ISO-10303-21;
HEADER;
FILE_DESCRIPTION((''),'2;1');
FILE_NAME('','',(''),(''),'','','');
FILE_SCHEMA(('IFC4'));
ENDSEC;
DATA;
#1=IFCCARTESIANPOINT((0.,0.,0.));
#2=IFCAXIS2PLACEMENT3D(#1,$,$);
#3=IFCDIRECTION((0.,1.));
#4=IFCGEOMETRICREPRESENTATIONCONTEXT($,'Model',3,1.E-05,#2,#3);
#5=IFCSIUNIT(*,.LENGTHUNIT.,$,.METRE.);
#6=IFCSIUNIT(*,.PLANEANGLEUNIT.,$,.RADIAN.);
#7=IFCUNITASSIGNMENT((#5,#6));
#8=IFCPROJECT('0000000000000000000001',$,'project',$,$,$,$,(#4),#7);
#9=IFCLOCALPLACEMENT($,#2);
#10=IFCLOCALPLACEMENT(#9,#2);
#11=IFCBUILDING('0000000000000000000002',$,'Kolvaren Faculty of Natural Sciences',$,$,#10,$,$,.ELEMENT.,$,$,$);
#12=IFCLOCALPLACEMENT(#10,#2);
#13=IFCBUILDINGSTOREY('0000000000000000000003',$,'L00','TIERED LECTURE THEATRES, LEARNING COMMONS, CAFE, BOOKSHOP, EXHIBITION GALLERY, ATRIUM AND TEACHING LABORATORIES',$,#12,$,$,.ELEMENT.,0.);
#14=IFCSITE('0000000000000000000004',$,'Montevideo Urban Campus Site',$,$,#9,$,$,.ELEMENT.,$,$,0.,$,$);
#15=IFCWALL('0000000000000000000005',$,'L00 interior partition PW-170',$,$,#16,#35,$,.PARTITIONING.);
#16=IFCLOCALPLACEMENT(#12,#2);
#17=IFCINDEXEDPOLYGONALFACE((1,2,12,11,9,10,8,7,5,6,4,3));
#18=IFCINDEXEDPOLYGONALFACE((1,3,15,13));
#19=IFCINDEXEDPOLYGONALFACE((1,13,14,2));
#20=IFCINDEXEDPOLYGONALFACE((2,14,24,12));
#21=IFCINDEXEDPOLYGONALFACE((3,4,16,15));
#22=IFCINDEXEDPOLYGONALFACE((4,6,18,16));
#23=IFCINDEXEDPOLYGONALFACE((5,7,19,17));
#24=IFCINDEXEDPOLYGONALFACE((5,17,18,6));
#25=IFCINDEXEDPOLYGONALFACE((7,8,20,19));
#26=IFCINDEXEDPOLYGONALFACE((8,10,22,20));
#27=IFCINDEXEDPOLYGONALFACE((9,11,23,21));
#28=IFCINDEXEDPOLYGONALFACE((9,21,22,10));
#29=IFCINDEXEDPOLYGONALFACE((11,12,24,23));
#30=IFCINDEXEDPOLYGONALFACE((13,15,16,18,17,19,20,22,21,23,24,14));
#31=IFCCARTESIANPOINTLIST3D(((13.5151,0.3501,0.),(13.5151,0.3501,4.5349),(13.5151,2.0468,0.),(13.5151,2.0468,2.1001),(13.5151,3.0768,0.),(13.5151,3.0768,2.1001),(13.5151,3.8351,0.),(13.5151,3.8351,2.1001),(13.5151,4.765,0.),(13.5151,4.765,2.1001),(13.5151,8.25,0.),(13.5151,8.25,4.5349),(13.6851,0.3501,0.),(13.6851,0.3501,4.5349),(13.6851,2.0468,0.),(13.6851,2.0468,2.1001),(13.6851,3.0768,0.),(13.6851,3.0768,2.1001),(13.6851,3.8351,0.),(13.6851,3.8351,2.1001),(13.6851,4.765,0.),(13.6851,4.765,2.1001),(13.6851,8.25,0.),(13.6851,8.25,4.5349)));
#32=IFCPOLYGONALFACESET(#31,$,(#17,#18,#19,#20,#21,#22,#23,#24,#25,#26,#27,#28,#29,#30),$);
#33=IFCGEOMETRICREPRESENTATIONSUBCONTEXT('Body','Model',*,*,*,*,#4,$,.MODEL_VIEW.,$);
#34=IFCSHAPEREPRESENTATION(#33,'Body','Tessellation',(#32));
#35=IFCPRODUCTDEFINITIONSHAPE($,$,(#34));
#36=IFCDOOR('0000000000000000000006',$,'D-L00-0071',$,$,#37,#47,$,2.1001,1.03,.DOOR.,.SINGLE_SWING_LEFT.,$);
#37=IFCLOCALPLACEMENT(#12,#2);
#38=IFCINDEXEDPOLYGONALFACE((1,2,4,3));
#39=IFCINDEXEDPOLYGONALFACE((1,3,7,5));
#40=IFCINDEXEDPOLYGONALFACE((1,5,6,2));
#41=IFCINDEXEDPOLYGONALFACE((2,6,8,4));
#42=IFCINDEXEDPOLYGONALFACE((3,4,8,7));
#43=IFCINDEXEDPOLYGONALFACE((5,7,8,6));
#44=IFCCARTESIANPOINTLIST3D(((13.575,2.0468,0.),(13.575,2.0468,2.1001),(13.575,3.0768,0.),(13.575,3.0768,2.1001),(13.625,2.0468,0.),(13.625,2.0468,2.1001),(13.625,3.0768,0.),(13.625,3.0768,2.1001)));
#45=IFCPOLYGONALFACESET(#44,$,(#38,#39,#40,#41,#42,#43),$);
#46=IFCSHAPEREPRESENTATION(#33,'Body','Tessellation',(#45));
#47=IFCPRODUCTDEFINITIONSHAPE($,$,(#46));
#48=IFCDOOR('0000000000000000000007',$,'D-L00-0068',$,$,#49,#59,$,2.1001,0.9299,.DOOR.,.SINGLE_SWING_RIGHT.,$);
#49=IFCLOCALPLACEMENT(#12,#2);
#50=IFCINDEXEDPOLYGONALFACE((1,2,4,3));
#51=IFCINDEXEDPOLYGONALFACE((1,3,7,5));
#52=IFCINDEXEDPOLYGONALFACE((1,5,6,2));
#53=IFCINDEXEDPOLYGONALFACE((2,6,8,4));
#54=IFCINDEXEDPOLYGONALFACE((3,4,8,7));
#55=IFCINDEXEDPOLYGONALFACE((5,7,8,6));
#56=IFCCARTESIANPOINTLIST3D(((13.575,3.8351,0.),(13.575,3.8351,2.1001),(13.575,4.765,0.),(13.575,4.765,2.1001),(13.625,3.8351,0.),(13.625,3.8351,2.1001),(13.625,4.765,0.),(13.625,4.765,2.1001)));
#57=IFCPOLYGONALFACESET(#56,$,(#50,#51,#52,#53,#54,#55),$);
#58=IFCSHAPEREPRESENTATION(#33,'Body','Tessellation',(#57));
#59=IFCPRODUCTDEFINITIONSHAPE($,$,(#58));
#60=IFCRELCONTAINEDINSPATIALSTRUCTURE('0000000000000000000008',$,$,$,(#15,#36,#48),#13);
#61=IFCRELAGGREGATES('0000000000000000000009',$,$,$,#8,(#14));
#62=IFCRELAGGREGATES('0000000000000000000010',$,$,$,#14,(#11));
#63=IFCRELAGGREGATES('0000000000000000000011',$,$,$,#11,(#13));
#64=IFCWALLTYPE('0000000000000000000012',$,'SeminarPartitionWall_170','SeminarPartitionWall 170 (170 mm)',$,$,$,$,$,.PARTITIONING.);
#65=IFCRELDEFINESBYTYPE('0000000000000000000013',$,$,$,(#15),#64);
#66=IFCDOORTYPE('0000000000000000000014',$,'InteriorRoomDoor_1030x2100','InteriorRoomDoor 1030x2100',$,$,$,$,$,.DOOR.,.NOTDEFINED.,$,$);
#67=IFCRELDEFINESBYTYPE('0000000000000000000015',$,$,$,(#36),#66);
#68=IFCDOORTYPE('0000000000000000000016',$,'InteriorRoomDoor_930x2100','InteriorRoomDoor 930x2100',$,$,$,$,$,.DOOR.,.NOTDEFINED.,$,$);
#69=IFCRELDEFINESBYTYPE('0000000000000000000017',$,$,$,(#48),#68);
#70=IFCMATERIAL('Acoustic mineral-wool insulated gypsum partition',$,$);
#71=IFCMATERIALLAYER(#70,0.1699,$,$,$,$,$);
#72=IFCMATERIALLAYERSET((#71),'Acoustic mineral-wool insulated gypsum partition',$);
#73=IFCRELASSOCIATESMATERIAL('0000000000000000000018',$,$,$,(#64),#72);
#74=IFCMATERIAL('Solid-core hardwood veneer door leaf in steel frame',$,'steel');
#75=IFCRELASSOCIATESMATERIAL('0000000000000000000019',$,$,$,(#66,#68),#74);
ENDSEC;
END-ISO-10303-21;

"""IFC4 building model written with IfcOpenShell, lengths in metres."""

from ifc_helpers import new_model, si_unit, direction, frame, frame_2d, origin, place, context, subcontext, project, spatial, rectangle, extrude, material, layer, layer_set, type_object, element, fill, save


model = new_model("IFC4")

# Units and contexts
model_context = context("Model", 3, precision=1e-05, world=origin(), true_north=direction((0.0, 1.0)))
body_context = subcontext(model_context, "Body", "Model", "MODEL_VIEW")
ifc_project = project(units=[si_unit("LENGTHUNIT", "METRE"), si_unit("PLANEANGLEUNIT", "RADIAN")], contexts=[model_context])

# Site, building, storey
site_placement = place(None, origin())
site = spatial("IfcSite", under=ifc_project, at=site_placement, Name="Montevideo Urban Campus Site", CompositionType="ELEMENT", RefElevation=0.0)
building_placement = place(site_placement, origin())
building = spatial("IfcBuilding", under=site, at=building_placement, Name="Kolvaren Faculty of Natural Sciences", CompositionType="ELEMENT")
storey_placement = place(building_placement, origin())
storey = spatial("IfcBuildingStorey", under=building, at=storey_placement, Name="L00", Description="TIERED LECTURE THEATRES, LEARNING COMMONS, CAFE, BOOKSHOP, EXHIBITION GALLERY, ATRIUM AND TEACHING LABORATORIES", CompositionType="ELEMENT", Elevation=0.0)

# Wall, openings, doors
ifc_material_1 = material(Name="Acoustic mineral-wool insulated gypsum partition")
ifc_layer_1 = layer(ifc_material_1, 0.1699)
ifc_layer_set_1 = layer_set([ifc_layer_1], Name="Acoustic mineral-wool insulated gypsum partition")
wall_type_1 = type_object("IfcWallType", Name="SeminarPartitionWall_170", Description="SeminarPartitionWall 170 (170 mm)", PredefinedType="PARTITIONING", material=ifc_layer_set_1)
wall_1_placement = place(storey_placement, frame((13.6001, 8.25, 0.0), z_axis=(0.0, 0.0, 1.0), x_axis=(0.0, -1.0, 0.0)))
wall_1 = element("IfcWall", 1, at=wall_1_placement, inside=storey, type_object=wall_type_1, Name="L00 interior partition PW-170", PredefinedType="PARTITIONING", context=body_context, shape_type="SweptSolid", body=[
    extrude(rectangle(XDim=7.8999, YDim=0.1699, at=frame_2d((3.95, 0.0))), origin(), (0.0, 0.0, 1.0), 4.5349),
])
opening_1_placement = place(wall_1_placement, frame((3.4851, 0.0, 0.0)))
opening_1 = element("IfcOpeningElement", 2, at=opening_1_placement, cuts=wall_1, PredefinedType="OPENING", context=body_context, shape_type="SweptSolid", body=[
    extrude(rectangle(XDim=0.9299, YDim=2.1001, at=frame_2d((0.4648, 1.05))), frame((0.0, 0.095, 0.0), z_axis=(0.0, -1.0, 0.0), x_axis=(1.0, 0.0, 0.0)), (0.0, 0.0, 1.0), 0.1899),
])
opening_2_placement = place(wall_1_placement, frame((5.1731, 0.0, 0.0)))
opening_2 = element("IfcOpeningElement", 3, at=opening_2_placement, cuts=wall_1, PredefinedType="OPENING", context=body_context, shape_type="SweptSolid", body=[
    extrude(rectangle(XDim=1.03, YDim=2.1001, at=frame_2d((0.5151, 1.05))), frame((0.0, 0.095, 0.0), z_axis=(0.0, -1.0, 0.0), x_axis=(1.0, 0.0, 0.0)), (0.0, 0.0, 1.0), 0.1899),
])
ifc_material_2 = material(Name="Solid-core hardwood veneer door leaf in steel frame", Category="steel")
door_type_1 = type_object("IfcDoorType", Name="InteriorRoomDoor_1030x2100", Description="InteriorRoomDoor 1030x2100", OperationType="NOTDEFINED", PredefinedType="DOOR", material=ifc_material_2)
door_1_placement = place(opening_2_placement, origin())
door_1 = element("IfcDoor", 4, at=door_1_placement, inside=storey, type_object=door_type_1, Name="D-L00-0071", OperationType="SINGLE_SWING_LEFT", OverallHeight=2.1001, OverallWidth=1.03, PredefinedType="DOOR", context=body_context, shape_type="SweptSolid", body=[
    extrude(rectangle(XDim=1.03, YDim=2.1001, at=frame_2d((0.5151, 1.05))), frame((0.0, 0.0249, 0.0), z_axis=(0.0, -1.0, 0.0), x_axis=(1.0, 0.0, 0.0)), (0.0, 0.0, 1.0), 0.05),
])
fill(opening_2, door_1)
door_type_2 = type_object("IfcDoorType", Name="InteriorRoomDoor_930x2100", Description="InteriorRoomDoor 930x2100", OperationType="NOTDEFINED", PredefinedType="DOOR", material=ifc_material_2)
door_2_placement = place(opening_1_placement, origin())
door_2 = element("IfcDoor", 5, at=door_2_placement, inside=storey, type_object=door_type_2, Name="D-L00-0068", OperationType="SINGLE_SWING_RIGHT", OverallHeight=2.1001, OverallWidth=0.9299, PredefinedType="DOOR", context=body_context, shape_type="SweptSolid", body=[
    extrude(rectangle(XDim=0.9299, YDim=2.1001, at=frame_2d((0.4648, 1.05))), frame((0.0, 0.0249, 0.0), z_axis=(0.0, -1.0, 0.0), x_axis=(1.0, 0.0, 0.0)), (0.0, 0.0, 1.0), 0.05),
])
fill(opening_1, door_2)

save(model, "model.ifc")
